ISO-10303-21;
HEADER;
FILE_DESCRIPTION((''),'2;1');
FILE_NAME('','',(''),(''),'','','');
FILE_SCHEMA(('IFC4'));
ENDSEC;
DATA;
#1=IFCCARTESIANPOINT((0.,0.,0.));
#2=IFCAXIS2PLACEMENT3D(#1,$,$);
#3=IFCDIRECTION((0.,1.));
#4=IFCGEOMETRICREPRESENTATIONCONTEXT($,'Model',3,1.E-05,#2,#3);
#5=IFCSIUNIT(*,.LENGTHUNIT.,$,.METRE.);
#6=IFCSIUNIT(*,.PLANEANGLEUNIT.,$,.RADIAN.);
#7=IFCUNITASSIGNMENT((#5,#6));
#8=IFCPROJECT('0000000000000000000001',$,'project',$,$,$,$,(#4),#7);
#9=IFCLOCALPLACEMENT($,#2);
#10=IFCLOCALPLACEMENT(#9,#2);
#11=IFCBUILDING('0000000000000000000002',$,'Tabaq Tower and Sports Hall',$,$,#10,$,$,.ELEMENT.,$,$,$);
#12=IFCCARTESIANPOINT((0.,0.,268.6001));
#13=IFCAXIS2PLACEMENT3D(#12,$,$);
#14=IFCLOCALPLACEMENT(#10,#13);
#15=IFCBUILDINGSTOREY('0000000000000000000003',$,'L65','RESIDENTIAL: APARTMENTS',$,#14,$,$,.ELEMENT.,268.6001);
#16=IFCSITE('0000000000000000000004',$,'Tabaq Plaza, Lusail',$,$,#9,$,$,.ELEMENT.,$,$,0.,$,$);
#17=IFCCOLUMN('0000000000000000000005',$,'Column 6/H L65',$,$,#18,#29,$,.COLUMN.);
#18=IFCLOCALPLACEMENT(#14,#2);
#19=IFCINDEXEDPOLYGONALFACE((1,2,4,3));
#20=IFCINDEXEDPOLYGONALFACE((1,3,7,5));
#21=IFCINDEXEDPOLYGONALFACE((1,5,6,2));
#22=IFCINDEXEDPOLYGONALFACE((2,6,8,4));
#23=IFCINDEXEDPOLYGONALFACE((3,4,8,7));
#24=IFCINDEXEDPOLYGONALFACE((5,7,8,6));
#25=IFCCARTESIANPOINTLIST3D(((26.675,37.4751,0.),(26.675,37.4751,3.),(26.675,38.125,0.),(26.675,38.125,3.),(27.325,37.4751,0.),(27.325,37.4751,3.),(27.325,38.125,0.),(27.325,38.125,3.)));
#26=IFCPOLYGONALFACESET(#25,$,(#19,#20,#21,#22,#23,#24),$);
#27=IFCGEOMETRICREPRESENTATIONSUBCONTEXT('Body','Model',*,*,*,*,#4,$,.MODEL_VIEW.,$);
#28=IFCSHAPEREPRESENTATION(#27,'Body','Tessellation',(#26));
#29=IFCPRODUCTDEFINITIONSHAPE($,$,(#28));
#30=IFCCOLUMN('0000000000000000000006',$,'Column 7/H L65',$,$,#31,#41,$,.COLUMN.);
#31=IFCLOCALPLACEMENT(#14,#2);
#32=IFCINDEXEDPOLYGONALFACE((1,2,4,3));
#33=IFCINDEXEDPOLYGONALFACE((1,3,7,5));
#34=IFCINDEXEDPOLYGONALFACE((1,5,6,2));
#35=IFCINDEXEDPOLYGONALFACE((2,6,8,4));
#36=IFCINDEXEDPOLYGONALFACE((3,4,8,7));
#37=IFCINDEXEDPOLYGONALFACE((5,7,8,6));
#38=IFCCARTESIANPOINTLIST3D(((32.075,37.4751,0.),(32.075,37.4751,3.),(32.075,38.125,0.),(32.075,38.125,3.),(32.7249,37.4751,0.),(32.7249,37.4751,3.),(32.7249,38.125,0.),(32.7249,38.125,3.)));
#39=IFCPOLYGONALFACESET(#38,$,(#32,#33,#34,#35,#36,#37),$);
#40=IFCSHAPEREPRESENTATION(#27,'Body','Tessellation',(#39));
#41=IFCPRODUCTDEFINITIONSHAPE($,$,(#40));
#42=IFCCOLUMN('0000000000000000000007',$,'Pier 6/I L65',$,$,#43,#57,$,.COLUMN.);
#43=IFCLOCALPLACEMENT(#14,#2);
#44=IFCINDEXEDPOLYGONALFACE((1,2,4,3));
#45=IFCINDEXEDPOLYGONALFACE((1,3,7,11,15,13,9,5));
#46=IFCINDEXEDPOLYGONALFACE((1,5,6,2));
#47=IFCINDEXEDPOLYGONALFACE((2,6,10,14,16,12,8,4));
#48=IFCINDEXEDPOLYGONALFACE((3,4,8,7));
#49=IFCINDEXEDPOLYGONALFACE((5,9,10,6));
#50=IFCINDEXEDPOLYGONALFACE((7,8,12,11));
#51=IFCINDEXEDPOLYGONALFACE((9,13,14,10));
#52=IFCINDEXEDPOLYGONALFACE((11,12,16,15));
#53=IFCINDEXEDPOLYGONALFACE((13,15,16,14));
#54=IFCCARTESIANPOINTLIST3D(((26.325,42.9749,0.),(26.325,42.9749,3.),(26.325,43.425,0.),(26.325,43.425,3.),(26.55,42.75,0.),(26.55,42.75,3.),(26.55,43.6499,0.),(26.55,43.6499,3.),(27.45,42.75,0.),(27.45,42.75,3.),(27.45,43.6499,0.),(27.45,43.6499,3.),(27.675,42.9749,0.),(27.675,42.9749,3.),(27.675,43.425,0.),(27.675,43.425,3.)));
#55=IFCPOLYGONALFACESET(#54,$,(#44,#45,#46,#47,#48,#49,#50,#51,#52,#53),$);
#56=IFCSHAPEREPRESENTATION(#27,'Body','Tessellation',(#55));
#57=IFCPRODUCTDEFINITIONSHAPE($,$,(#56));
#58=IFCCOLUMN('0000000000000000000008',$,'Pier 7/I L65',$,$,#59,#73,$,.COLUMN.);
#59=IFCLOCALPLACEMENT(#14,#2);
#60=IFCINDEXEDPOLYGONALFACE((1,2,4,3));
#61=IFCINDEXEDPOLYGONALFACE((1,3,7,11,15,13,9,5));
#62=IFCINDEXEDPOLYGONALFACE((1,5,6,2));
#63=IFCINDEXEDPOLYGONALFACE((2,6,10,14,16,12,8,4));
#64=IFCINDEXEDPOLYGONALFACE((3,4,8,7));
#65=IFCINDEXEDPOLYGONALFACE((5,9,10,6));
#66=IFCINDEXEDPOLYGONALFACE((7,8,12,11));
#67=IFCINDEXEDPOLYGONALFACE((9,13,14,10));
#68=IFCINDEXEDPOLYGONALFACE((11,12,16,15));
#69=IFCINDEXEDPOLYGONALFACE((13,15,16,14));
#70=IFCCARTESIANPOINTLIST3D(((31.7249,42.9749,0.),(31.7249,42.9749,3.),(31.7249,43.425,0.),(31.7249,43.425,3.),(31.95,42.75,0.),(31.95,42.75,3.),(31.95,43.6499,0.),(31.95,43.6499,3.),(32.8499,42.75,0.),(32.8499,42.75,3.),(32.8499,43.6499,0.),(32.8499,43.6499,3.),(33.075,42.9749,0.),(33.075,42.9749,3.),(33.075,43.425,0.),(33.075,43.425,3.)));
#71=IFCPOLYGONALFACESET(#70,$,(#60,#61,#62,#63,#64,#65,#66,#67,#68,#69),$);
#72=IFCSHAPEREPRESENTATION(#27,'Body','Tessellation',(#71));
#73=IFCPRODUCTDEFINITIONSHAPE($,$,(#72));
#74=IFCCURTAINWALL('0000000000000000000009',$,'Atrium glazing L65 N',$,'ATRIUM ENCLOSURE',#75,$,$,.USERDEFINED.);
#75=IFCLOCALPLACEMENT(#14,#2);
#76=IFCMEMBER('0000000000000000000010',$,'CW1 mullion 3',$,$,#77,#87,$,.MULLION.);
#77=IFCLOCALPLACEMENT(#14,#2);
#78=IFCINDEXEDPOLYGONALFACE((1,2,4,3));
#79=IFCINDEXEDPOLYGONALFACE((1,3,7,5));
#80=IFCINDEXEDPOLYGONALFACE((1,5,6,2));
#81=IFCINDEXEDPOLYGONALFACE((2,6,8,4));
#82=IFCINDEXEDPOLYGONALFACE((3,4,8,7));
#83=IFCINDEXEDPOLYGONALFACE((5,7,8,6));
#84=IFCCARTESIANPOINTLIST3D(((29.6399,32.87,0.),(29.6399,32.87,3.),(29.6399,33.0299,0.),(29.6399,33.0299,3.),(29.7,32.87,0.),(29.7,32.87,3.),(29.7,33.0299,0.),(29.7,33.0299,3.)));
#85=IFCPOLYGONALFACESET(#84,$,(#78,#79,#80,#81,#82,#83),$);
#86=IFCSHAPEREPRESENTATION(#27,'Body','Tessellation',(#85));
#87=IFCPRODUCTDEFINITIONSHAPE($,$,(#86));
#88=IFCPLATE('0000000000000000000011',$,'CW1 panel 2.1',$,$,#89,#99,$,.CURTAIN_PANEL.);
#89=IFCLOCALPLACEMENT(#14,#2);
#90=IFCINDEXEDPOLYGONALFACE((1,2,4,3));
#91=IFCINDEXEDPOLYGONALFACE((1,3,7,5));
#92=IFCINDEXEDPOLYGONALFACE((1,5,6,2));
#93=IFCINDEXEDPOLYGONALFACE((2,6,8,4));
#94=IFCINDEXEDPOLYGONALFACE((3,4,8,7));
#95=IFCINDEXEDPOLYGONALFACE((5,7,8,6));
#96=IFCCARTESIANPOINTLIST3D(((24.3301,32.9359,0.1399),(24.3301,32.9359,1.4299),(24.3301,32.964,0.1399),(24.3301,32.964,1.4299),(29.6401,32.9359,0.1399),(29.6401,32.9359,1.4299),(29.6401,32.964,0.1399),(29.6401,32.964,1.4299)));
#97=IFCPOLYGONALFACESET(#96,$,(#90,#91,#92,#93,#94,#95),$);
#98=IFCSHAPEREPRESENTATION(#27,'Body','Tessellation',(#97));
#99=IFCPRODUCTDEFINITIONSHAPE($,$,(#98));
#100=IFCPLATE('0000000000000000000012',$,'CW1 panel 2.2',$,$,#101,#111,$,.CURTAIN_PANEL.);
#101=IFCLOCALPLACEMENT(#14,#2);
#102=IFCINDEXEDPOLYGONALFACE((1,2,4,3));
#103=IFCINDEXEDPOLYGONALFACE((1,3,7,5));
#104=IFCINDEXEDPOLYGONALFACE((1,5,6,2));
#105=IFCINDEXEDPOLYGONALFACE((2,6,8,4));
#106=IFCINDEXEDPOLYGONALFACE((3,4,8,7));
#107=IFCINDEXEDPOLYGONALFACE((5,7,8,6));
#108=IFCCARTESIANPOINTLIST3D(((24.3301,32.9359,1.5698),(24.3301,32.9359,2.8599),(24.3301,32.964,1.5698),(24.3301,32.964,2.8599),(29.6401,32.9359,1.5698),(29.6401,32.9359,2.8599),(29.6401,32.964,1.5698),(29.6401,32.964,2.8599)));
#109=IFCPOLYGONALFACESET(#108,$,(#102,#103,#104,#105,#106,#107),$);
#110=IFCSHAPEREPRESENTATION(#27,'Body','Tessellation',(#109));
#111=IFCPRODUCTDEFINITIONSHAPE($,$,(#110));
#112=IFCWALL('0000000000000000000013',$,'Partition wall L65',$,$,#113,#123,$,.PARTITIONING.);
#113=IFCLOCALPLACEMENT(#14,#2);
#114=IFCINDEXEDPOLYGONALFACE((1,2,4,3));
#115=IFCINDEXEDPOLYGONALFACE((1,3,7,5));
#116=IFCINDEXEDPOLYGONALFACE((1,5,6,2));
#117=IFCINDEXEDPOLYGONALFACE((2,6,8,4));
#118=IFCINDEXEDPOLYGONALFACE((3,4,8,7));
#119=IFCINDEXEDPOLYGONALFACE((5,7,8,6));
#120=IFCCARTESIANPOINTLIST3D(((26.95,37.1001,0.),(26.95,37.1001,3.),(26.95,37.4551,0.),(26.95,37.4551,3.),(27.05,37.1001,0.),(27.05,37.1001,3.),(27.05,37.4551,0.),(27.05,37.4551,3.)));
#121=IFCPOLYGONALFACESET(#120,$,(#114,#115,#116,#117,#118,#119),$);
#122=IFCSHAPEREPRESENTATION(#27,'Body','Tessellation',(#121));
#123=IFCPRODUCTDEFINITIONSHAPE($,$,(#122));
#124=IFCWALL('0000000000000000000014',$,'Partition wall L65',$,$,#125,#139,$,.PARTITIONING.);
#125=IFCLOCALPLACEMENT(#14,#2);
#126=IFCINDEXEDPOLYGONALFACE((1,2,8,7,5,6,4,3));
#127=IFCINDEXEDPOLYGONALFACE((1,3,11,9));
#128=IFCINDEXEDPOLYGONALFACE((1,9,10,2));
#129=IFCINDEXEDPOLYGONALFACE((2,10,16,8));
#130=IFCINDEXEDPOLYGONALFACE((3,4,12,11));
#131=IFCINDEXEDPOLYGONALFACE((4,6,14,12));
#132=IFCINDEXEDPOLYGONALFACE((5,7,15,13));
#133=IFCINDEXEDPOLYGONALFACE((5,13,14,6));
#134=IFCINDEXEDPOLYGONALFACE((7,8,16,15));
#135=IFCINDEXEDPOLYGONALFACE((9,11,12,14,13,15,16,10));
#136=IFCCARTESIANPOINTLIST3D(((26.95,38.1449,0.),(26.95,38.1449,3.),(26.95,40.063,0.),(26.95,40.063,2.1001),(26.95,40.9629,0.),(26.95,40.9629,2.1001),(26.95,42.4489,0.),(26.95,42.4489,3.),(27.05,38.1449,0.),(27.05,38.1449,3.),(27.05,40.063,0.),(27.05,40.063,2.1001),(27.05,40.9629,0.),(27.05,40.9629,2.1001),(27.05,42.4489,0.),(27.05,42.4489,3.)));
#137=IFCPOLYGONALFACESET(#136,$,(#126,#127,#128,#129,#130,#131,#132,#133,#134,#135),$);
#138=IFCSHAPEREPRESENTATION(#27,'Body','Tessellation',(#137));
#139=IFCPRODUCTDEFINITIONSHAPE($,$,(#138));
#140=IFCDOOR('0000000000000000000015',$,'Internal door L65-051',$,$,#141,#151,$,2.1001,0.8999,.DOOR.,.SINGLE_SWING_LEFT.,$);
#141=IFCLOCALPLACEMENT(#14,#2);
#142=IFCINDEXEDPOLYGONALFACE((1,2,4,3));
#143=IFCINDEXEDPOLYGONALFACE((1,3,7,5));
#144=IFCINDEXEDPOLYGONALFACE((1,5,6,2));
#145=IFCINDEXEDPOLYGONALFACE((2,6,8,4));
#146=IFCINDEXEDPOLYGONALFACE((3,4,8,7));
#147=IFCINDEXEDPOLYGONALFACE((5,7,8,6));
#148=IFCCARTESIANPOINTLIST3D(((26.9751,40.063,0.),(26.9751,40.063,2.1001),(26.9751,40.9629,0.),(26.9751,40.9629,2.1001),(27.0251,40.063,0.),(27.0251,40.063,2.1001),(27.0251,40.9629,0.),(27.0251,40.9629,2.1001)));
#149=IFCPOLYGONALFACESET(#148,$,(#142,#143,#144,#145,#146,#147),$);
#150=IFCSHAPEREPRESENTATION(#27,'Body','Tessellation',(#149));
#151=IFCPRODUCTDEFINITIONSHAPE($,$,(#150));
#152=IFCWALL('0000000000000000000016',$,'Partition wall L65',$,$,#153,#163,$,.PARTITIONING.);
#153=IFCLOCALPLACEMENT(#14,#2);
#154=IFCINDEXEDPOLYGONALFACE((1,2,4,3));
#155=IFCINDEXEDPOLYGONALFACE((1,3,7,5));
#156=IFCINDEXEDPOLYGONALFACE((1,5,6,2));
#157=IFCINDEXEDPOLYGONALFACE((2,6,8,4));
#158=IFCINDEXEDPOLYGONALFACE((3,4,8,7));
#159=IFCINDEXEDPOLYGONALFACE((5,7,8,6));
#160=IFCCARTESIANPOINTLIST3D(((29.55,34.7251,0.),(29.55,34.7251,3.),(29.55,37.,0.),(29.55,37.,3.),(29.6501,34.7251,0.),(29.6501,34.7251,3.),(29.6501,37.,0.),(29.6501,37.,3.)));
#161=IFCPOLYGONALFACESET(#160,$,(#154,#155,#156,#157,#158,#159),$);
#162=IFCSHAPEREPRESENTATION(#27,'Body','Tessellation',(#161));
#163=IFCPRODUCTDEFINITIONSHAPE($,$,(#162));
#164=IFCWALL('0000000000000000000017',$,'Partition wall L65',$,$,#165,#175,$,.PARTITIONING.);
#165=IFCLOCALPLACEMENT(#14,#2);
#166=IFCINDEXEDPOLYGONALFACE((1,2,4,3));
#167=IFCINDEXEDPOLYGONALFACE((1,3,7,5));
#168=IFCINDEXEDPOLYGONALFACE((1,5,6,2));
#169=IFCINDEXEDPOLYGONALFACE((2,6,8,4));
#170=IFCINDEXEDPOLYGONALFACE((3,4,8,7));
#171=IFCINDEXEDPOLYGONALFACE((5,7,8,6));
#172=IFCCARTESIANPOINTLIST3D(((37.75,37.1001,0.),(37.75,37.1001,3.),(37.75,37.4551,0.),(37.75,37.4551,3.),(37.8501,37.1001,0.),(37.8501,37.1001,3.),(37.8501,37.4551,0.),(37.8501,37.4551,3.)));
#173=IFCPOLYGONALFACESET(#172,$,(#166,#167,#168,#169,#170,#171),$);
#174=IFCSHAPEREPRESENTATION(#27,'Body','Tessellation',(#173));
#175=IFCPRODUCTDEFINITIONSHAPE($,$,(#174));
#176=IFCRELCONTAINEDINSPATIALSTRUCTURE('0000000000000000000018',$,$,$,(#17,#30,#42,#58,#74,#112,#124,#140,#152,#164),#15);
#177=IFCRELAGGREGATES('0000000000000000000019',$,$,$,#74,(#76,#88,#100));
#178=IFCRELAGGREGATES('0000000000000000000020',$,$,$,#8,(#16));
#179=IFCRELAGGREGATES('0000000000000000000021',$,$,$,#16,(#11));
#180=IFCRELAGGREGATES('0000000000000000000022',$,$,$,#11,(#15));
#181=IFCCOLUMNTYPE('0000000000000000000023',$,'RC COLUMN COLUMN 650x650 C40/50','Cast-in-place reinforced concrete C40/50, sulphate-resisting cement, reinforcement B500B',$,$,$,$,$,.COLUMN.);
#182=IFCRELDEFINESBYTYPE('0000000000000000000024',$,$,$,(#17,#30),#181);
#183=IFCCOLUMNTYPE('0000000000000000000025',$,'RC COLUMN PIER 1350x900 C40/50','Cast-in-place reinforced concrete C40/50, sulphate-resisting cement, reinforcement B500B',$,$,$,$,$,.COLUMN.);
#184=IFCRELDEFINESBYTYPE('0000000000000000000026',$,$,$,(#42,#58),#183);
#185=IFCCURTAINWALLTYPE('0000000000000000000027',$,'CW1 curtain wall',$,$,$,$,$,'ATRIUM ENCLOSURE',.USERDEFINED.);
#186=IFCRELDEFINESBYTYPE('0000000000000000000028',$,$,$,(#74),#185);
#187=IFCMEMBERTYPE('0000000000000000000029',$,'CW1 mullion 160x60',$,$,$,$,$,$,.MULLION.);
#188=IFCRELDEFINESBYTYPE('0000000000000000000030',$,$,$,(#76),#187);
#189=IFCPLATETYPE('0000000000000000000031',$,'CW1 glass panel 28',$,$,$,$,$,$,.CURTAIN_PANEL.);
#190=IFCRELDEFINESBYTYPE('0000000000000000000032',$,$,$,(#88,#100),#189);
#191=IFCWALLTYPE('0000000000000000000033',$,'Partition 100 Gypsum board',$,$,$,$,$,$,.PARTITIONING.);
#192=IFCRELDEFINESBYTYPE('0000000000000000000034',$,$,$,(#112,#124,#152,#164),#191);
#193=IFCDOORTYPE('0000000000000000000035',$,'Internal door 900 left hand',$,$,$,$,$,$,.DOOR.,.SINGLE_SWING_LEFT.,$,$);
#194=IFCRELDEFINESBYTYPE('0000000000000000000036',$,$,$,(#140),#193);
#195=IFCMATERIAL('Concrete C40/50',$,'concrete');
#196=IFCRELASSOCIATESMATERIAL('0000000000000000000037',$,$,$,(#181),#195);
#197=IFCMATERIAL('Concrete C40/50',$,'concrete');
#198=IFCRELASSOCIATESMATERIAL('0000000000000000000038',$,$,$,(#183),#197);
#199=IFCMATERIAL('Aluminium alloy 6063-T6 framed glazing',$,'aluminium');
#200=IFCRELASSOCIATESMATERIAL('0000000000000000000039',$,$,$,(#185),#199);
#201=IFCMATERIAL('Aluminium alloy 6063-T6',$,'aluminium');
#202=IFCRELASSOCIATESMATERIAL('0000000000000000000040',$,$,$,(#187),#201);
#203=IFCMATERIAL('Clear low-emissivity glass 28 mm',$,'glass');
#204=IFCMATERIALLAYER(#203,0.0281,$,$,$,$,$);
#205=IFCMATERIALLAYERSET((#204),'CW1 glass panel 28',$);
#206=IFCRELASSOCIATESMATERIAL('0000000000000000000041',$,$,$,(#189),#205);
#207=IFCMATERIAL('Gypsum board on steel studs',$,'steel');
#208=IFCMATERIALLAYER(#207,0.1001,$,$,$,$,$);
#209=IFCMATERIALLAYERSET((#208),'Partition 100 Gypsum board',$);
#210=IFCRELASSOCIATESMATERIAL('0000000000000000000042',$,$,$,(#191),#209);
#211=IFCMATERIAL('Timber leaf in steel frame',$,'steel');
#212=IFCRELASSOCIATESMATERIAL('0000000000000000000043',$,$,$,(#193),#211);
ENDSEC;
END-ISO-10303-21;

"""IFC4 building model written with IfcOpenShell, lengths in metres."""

from ifc_helpers import new_model, si_unit, direction, frame, frame_2d, origin, origin_2d, place, context, subcontext, project, spatial, polyline, rectangle, outline, extrude, material, layer, layer_set, material_profile, profile_set, type_object, element, fill, aggregate, save


model = new_model("IFC4")

# Units and contexts
model_context = context("Model", 3, precision=1e-05, world=origin(), true_north=direction((0.0, 1.0)))
body_context = subcontext(model_context, "Body", "Model", "MODEL_VIEW")
ifc_project = project(units=[si_unit("LENGTHUNIT", "METRE"), si_unit("PLANEANGLEUNIT", "RADIAN")], contexts=[model_context])

# Site, building, storey
site_placement = place(None, origin())
site = spatial("IfcSite", under=ifc_project, at=site_placement, Name="Tabaq Plaza, Lusail", CompositionType="ELEMENT", RefElevation=0.0)
building_placement = place(site_placement, origin())
building = spatial("IfcBuilding", under=site, at=building_placement, Name="Tabaq Tower and Sports Hall", CompositionType="ELEMENT")
storey_placement = place(building_placement, frame((0.0, 0.0, 268.6001)))
storey = spatial("IfcBuildingStorey", under=building, at=storey_placement, Name="L65", Description="RESIDENTIAL: APARTMENTS", CompositionType="ELEMENT", Elevation=268.6001)

# Columns
ifc_material_1 = material(Name="Concrete C40/50", Category="concrete")
ifc_material_profile_1 = material_profile(ifc_material_1, rectangle(XDim=0.6499, YDim=0.6499, at=origin_2d()), Name="COLUMN 650x650")
ifc_profile_set_1 = profile_set([ifc_material_profile_1], Name="Concrete C40/50")
column_type_1 = type_object("IfcColumnType", Name="RC COLUMN COLUMN 650x650 C40/50", Description="Cast-in-place reinforced concrete C40/50, sulphate-resisting cement, reinforcement B500B", PredefinedType="COLUMN", material=ifc_profile_set_1)
for number, where, z_axis, x_axis, name in (
    (1, (27.0, 37.8, 0.0), (0.0, 0.0, 1.0), (1.0, 0.0, 0.0), "Column 6/H L65"),
    (2, (32.3999, 37.8, 0.0), (0.0, 0.0, 1.0), (1.0, 0.0, 0.0), "Column 7/H L65"),
):
    element("IfcColumn", number, at=place(storey_placement, frame(where, z_axis=z_axis, x_axis=x_axis)), inside=storey, type_object=column_type_1, Name=name, PredefinedType="COLUMN", context=body_context, shape_type="SweptSolid", body=[
        extrude(rectangle(XDim=0.6499, YDim=0.6499, at=origin_2d()), origin(), (0.0, 0.0, 1.0), 3.0),
    ])
ifc_material_2 = material(Name="Concrete C40/50", Category="concrete")
ifc_material_profile_2 = material_profile(ifc_material_2, outline(polyline([(-0.45, -0.45), (0.45, -0.45), (0.675, -0.2251), (0.675, 0.2251), (0.45, 0.45), (-0.45, 0.45), (-0.675, 0.2251), (-0.675, -0.2251), (-0.45, -0.45)])), Name="PIER 1350x900")
ifc_profile_set_2 = profile_set([ifc_material_profile_2], Name="Concrete C40/50")
column_type_2 = type_object("IfcColumnType", Name="RC COLUMN PIER 1350x900 C40/50", Description="Cast-in-place reinforced concrete C40/50, sulphate-resisting cement, reinforcement B500B", PredefinedType="COLUMN", material=ifc_profile_set_2)
for number, where, z_axis, x_axis, name in (
    (3, (27.0, 43.2, 0.0), (0.0, 0.0, 1.0), (1.0, 0.0, 0.0), "Pier 6/I L65"),
    (4, (32.3999, 43.2, 0.0), (0.0, 0.0, 1.0), (1.0, 0.0, 0.0), "Pier 7/I L65"),
):
    element("IfcColumn", number, at=place(storey_placement, frame(where, z_axis=z_axis, x_axis=x_axis)), inside=storey, type_object=column_type_2, Name=name, PredefinedType="COLUMN", context=body_context, shape_type="SweptSolid", body=[
        extrude(outline(polyline([(-0.45, -0.45), (0.45, -0.45), (0.675, -0.2251), (0.675, 0.2251), (0.45, 0.45), (-0.45, 0.45), (-0.675, 0.2251), (-0.675, -0.2251), (-0.45, -0.45)])), origin(), (0.0, 0.0, 1.0), 3.0),
    ])

# Curtain wall, member, plates
ifc_material_3 = material(Name="Aluminium alloy 6063-T6 framed glazing", Category="aluminium")
curtain_wall_type = type_object("IfcCurtainWallType", Name="CW1 curtain wall", ElementType="ATRIUM ENCLOSURE", PredefinedType="USERDEFINED", material=ifc_material_3)
curtain_wall_placement = place(storey_placement, origin())
curtain_wall = element("IfcCurtainWall", 5, at=curtain_wall_placement, inside=storey, type_object=curtain_wall_type, Name="Atrium glazing L65 N", ObjectType="ATRIUM ENCLOSURE", PredefinedType="USERDEFINED")
ifc_material_4 = material(Name="Aluminium alloy 6063-T6", Category="aluminium")
ifc_material_profile_3 = material_profile(ifc_material_4, rectangle(XDim=0.1599, YDim=0.0601, at=origin_2d()), Name="MULLION 160x60")
ifc_profile_set_3 = profile_set([ifc_material_profile_3], Name="Aluminium alloy 6063-T6")
member_type = type_object("IfcMemberType", Name="CW1 mullion 160x60", PredefinedType="MULLION", material=ifc_profile_set_3)
member_placement = place(storey_placement, frame((29.6699, 32.95, 0.0), z_axis=(0.0, 0.0, 1.0), x_axis=(0.0, 1.0, 0.0)))
member = element("IfcMember", 6, at=member_placement, type_object=member_type, Name="CW1 mullion 3", PredefinedType="MULLION", context=body_context, shape_type="SweptSolid", body=[
    extrude(rectangle(XDim=0.1599, YDim=0.0601, at=origin_2d()), origin(), (0.0, 0.0, 1.0), 3.0),
])
ifc_material_5 = material(Name="Clear low-emissivity glass 28 mm", Category="glass")
ifc_layer_1 = layer(ifc_material_5, 0.0281)
ifc_layer_set_1 = layer_set([ifc_layer_1], Name="CW1 glass panel 28")
plate_type = type_object("IfcPlateType", Name="CW1 glass panel 28", PredefinedType="CURTAIN_PANEL", material=ifc_layer_set_1)
plate_1_placement = place(storey_placement, frame((26.9851, 32.95, 0.1399), z_axis=(0.0, 0.0, 1.0), x_axis=(1.0, 0.0, 0.0)))
plate_1 = element("IfcPlate", 7, at=plate_1_placement, type_object=plate_type, Name="CW1 panel 2.1", PredefinedType="CURTAIN_PANEL", context=body_context, shape_type="SweptSolid", body=[
    extrude(rectangle(XDim=5.3101, YDim=0.0281, at=origin_2d()), origin(), (0.0, 0.0, 1.0), 1.29),
])
plate_2_placement = place(storey_placement, frame((26.9851, 32.95, 1.5698), z_axis=(0.0, 0.0, 1.0), x_axis=(1.0, 0.0, 0.0)))
plate_2 = element("IfcPlate", 8, at=plate_2_placement, type_object=plate_type, Name="CW1 panel 2.2", PredefinedType="CURTAIN_PANEL", context=body_context, shape_type="SweptSolid", body=[
    extrude(rectangle(XDim=5.3101, YDim=0.0281, at=origin_2d()), origin(), (0.0, 0.0, 1.0), 1.29),
])
aggregate(curtain_wall, [member, plate_1, plate_2])

# Wall
ifc_material_6 = material(Name="Gypsum board on steel studs", Category="steel")
ifc_layer_2 = layer(ifc_material_6, 0.1001)
ifc_layer_set_2 = layer_set([ifc_layer_2], Name="Partition 100 Gypsum board")
wall_type_1 = type_object("IfcWallType", Name="Partition 100 Gypsum board", PredefinedType="PARTITIONING", material=ifc_layer_set_2)
wall_1_placement = place(storey_placement, frame((27.0, 37.1001, 0.0), z_axis=(0.0, 0.0, 1.0), x_axis=(0.0, 1.0, 0.0)))
element("IfcWall", 9, at=wall_1_placement, inside=storey, type_object=wall_type_1, Name="Partition wall L65", PredefinedType="PARTITIONING", context=body_context, shape_type="SweptSolid", body=[
    extrude(rectangle(XDim=0.355, YDim=0.1001, at=frame_2d((0.1775, 0.0))), origin(), (0.0, 0.0, 1.0), 3.0),
])

# Wall, opening, door
wall_2_placement = place(storey_placement, frame((27.0, 38.145, 0.0), z_axis=(0.0, 0.0, 1.0), x_axis=(0.0, 1.0, 0.0)))
wall_2 = element("IfcWall", 10, at=wall_2_placement, inside=storey, type_object=wall_type_1, Name="Partition wall L65", PredefinedType="PARTITIONING", context=body_context, shape_type="SweptSolid", body=[
    extrude(rectangle(XDim=4.304, YDim=0.1001, at=frame_2d((2.1519, 0.0))), origin(), (0.0, 0.0, 1.0), 3.0),
])
opening_1_placement = place(wall_2_placement, frame((1.918, 0.0, 0.0)))
opening_1 = element("IfcOpeningElement", 11, at=opening_1_placement, cuts=wall_2, PredefinedType="OPENING", context=body_context, shape_type="SweptSolid", body=[
    extrude(rectangle(XDim=0.8999, YDim=2.1001, at=frame_2d((0.45, 1.05))), frame((0.0, 0.05, 0.0), z_axis=(0.0, -1.0, 0.0), x_axis=(1.0, 0.0, 0.0)), (0.0, 0.0, 1.0), 0.1001),
])
ifc_material_7 = material(Name="Timber leaf in steel frame", Category="steel")
door_type = type_object("IfcDoorType", Name="Internal door 900 left hand", OperationType="SINGLE_SWING_LEFT", PredefinedType="DOOR", material=ifc_material_7)
door_1_placement = place(opening_1_placement, origin())
door_1 = element("IfcDoor", 12, at=door_1_placement, inside=storey, type_object=door_type, Name="Internal door L65-051", OperationType="SINGLE_SWING_LEFT", OverallHeight=2.1001, OverallWidth=0.8999, PredefinedType="DOOR", context=body_context, shape_type="SweptSolid", body=[
    extrude(rectangle(XDim=0.8999, YDim=2.1001, at=frame_2d((0.45, 1.05))), frame((0.0, 0.0249, 0.0), z_axis=(0.0, -1.0, 0.0), x_axis=(1.0, 0.0, 0.0)), (0.0, 0.0, 1.0), 0.05),
])
fill(opening_1, door_1)

# Walls
wall_3_placement = place(storey_placement, frame((29.6001, 34.7251, 0.0), z_axis=(0.0, 0.0, 1.0), x_axis=(0.0, 1.0, 0.0)))
element("IfcWall", 13, at=wall_3_placement, inside=storey, type_object=wall_type_1, Name="Partition wall L65", PredefinedType="PARTITIONING", context=body_context, shape_type="SweptSolid", body=[
    extrude(rectangle(XDim=2.2749, YDim=0.1001, at=frame_2d((1.1375, 0.0))), origin(), (0.0, 0.0, 1.0), 3.0),
])
wall_4_placement = place(storey_placement, frame((37.8, 37.1001, 0.0), z_axis=(0.0, 0.0, 1.0), x_axis=(0.0, 1.0, 0.0)))
element("IfcWall", 14, at=wall_4_placement, inside=storey, type_object=wall_type_1, Name="Partition wall L65", PredefinedType="PARTITIONING", context=body_context, shape_type="SweptSolid", body=[
    extrude(rectangle(XDim=0.355, YDim=0.1001, at=frame_2d((0.1775, 0.0))), origin(), (0.0, 0.0, 1.0), 3.0),
])

save(model, "model.ifc")
